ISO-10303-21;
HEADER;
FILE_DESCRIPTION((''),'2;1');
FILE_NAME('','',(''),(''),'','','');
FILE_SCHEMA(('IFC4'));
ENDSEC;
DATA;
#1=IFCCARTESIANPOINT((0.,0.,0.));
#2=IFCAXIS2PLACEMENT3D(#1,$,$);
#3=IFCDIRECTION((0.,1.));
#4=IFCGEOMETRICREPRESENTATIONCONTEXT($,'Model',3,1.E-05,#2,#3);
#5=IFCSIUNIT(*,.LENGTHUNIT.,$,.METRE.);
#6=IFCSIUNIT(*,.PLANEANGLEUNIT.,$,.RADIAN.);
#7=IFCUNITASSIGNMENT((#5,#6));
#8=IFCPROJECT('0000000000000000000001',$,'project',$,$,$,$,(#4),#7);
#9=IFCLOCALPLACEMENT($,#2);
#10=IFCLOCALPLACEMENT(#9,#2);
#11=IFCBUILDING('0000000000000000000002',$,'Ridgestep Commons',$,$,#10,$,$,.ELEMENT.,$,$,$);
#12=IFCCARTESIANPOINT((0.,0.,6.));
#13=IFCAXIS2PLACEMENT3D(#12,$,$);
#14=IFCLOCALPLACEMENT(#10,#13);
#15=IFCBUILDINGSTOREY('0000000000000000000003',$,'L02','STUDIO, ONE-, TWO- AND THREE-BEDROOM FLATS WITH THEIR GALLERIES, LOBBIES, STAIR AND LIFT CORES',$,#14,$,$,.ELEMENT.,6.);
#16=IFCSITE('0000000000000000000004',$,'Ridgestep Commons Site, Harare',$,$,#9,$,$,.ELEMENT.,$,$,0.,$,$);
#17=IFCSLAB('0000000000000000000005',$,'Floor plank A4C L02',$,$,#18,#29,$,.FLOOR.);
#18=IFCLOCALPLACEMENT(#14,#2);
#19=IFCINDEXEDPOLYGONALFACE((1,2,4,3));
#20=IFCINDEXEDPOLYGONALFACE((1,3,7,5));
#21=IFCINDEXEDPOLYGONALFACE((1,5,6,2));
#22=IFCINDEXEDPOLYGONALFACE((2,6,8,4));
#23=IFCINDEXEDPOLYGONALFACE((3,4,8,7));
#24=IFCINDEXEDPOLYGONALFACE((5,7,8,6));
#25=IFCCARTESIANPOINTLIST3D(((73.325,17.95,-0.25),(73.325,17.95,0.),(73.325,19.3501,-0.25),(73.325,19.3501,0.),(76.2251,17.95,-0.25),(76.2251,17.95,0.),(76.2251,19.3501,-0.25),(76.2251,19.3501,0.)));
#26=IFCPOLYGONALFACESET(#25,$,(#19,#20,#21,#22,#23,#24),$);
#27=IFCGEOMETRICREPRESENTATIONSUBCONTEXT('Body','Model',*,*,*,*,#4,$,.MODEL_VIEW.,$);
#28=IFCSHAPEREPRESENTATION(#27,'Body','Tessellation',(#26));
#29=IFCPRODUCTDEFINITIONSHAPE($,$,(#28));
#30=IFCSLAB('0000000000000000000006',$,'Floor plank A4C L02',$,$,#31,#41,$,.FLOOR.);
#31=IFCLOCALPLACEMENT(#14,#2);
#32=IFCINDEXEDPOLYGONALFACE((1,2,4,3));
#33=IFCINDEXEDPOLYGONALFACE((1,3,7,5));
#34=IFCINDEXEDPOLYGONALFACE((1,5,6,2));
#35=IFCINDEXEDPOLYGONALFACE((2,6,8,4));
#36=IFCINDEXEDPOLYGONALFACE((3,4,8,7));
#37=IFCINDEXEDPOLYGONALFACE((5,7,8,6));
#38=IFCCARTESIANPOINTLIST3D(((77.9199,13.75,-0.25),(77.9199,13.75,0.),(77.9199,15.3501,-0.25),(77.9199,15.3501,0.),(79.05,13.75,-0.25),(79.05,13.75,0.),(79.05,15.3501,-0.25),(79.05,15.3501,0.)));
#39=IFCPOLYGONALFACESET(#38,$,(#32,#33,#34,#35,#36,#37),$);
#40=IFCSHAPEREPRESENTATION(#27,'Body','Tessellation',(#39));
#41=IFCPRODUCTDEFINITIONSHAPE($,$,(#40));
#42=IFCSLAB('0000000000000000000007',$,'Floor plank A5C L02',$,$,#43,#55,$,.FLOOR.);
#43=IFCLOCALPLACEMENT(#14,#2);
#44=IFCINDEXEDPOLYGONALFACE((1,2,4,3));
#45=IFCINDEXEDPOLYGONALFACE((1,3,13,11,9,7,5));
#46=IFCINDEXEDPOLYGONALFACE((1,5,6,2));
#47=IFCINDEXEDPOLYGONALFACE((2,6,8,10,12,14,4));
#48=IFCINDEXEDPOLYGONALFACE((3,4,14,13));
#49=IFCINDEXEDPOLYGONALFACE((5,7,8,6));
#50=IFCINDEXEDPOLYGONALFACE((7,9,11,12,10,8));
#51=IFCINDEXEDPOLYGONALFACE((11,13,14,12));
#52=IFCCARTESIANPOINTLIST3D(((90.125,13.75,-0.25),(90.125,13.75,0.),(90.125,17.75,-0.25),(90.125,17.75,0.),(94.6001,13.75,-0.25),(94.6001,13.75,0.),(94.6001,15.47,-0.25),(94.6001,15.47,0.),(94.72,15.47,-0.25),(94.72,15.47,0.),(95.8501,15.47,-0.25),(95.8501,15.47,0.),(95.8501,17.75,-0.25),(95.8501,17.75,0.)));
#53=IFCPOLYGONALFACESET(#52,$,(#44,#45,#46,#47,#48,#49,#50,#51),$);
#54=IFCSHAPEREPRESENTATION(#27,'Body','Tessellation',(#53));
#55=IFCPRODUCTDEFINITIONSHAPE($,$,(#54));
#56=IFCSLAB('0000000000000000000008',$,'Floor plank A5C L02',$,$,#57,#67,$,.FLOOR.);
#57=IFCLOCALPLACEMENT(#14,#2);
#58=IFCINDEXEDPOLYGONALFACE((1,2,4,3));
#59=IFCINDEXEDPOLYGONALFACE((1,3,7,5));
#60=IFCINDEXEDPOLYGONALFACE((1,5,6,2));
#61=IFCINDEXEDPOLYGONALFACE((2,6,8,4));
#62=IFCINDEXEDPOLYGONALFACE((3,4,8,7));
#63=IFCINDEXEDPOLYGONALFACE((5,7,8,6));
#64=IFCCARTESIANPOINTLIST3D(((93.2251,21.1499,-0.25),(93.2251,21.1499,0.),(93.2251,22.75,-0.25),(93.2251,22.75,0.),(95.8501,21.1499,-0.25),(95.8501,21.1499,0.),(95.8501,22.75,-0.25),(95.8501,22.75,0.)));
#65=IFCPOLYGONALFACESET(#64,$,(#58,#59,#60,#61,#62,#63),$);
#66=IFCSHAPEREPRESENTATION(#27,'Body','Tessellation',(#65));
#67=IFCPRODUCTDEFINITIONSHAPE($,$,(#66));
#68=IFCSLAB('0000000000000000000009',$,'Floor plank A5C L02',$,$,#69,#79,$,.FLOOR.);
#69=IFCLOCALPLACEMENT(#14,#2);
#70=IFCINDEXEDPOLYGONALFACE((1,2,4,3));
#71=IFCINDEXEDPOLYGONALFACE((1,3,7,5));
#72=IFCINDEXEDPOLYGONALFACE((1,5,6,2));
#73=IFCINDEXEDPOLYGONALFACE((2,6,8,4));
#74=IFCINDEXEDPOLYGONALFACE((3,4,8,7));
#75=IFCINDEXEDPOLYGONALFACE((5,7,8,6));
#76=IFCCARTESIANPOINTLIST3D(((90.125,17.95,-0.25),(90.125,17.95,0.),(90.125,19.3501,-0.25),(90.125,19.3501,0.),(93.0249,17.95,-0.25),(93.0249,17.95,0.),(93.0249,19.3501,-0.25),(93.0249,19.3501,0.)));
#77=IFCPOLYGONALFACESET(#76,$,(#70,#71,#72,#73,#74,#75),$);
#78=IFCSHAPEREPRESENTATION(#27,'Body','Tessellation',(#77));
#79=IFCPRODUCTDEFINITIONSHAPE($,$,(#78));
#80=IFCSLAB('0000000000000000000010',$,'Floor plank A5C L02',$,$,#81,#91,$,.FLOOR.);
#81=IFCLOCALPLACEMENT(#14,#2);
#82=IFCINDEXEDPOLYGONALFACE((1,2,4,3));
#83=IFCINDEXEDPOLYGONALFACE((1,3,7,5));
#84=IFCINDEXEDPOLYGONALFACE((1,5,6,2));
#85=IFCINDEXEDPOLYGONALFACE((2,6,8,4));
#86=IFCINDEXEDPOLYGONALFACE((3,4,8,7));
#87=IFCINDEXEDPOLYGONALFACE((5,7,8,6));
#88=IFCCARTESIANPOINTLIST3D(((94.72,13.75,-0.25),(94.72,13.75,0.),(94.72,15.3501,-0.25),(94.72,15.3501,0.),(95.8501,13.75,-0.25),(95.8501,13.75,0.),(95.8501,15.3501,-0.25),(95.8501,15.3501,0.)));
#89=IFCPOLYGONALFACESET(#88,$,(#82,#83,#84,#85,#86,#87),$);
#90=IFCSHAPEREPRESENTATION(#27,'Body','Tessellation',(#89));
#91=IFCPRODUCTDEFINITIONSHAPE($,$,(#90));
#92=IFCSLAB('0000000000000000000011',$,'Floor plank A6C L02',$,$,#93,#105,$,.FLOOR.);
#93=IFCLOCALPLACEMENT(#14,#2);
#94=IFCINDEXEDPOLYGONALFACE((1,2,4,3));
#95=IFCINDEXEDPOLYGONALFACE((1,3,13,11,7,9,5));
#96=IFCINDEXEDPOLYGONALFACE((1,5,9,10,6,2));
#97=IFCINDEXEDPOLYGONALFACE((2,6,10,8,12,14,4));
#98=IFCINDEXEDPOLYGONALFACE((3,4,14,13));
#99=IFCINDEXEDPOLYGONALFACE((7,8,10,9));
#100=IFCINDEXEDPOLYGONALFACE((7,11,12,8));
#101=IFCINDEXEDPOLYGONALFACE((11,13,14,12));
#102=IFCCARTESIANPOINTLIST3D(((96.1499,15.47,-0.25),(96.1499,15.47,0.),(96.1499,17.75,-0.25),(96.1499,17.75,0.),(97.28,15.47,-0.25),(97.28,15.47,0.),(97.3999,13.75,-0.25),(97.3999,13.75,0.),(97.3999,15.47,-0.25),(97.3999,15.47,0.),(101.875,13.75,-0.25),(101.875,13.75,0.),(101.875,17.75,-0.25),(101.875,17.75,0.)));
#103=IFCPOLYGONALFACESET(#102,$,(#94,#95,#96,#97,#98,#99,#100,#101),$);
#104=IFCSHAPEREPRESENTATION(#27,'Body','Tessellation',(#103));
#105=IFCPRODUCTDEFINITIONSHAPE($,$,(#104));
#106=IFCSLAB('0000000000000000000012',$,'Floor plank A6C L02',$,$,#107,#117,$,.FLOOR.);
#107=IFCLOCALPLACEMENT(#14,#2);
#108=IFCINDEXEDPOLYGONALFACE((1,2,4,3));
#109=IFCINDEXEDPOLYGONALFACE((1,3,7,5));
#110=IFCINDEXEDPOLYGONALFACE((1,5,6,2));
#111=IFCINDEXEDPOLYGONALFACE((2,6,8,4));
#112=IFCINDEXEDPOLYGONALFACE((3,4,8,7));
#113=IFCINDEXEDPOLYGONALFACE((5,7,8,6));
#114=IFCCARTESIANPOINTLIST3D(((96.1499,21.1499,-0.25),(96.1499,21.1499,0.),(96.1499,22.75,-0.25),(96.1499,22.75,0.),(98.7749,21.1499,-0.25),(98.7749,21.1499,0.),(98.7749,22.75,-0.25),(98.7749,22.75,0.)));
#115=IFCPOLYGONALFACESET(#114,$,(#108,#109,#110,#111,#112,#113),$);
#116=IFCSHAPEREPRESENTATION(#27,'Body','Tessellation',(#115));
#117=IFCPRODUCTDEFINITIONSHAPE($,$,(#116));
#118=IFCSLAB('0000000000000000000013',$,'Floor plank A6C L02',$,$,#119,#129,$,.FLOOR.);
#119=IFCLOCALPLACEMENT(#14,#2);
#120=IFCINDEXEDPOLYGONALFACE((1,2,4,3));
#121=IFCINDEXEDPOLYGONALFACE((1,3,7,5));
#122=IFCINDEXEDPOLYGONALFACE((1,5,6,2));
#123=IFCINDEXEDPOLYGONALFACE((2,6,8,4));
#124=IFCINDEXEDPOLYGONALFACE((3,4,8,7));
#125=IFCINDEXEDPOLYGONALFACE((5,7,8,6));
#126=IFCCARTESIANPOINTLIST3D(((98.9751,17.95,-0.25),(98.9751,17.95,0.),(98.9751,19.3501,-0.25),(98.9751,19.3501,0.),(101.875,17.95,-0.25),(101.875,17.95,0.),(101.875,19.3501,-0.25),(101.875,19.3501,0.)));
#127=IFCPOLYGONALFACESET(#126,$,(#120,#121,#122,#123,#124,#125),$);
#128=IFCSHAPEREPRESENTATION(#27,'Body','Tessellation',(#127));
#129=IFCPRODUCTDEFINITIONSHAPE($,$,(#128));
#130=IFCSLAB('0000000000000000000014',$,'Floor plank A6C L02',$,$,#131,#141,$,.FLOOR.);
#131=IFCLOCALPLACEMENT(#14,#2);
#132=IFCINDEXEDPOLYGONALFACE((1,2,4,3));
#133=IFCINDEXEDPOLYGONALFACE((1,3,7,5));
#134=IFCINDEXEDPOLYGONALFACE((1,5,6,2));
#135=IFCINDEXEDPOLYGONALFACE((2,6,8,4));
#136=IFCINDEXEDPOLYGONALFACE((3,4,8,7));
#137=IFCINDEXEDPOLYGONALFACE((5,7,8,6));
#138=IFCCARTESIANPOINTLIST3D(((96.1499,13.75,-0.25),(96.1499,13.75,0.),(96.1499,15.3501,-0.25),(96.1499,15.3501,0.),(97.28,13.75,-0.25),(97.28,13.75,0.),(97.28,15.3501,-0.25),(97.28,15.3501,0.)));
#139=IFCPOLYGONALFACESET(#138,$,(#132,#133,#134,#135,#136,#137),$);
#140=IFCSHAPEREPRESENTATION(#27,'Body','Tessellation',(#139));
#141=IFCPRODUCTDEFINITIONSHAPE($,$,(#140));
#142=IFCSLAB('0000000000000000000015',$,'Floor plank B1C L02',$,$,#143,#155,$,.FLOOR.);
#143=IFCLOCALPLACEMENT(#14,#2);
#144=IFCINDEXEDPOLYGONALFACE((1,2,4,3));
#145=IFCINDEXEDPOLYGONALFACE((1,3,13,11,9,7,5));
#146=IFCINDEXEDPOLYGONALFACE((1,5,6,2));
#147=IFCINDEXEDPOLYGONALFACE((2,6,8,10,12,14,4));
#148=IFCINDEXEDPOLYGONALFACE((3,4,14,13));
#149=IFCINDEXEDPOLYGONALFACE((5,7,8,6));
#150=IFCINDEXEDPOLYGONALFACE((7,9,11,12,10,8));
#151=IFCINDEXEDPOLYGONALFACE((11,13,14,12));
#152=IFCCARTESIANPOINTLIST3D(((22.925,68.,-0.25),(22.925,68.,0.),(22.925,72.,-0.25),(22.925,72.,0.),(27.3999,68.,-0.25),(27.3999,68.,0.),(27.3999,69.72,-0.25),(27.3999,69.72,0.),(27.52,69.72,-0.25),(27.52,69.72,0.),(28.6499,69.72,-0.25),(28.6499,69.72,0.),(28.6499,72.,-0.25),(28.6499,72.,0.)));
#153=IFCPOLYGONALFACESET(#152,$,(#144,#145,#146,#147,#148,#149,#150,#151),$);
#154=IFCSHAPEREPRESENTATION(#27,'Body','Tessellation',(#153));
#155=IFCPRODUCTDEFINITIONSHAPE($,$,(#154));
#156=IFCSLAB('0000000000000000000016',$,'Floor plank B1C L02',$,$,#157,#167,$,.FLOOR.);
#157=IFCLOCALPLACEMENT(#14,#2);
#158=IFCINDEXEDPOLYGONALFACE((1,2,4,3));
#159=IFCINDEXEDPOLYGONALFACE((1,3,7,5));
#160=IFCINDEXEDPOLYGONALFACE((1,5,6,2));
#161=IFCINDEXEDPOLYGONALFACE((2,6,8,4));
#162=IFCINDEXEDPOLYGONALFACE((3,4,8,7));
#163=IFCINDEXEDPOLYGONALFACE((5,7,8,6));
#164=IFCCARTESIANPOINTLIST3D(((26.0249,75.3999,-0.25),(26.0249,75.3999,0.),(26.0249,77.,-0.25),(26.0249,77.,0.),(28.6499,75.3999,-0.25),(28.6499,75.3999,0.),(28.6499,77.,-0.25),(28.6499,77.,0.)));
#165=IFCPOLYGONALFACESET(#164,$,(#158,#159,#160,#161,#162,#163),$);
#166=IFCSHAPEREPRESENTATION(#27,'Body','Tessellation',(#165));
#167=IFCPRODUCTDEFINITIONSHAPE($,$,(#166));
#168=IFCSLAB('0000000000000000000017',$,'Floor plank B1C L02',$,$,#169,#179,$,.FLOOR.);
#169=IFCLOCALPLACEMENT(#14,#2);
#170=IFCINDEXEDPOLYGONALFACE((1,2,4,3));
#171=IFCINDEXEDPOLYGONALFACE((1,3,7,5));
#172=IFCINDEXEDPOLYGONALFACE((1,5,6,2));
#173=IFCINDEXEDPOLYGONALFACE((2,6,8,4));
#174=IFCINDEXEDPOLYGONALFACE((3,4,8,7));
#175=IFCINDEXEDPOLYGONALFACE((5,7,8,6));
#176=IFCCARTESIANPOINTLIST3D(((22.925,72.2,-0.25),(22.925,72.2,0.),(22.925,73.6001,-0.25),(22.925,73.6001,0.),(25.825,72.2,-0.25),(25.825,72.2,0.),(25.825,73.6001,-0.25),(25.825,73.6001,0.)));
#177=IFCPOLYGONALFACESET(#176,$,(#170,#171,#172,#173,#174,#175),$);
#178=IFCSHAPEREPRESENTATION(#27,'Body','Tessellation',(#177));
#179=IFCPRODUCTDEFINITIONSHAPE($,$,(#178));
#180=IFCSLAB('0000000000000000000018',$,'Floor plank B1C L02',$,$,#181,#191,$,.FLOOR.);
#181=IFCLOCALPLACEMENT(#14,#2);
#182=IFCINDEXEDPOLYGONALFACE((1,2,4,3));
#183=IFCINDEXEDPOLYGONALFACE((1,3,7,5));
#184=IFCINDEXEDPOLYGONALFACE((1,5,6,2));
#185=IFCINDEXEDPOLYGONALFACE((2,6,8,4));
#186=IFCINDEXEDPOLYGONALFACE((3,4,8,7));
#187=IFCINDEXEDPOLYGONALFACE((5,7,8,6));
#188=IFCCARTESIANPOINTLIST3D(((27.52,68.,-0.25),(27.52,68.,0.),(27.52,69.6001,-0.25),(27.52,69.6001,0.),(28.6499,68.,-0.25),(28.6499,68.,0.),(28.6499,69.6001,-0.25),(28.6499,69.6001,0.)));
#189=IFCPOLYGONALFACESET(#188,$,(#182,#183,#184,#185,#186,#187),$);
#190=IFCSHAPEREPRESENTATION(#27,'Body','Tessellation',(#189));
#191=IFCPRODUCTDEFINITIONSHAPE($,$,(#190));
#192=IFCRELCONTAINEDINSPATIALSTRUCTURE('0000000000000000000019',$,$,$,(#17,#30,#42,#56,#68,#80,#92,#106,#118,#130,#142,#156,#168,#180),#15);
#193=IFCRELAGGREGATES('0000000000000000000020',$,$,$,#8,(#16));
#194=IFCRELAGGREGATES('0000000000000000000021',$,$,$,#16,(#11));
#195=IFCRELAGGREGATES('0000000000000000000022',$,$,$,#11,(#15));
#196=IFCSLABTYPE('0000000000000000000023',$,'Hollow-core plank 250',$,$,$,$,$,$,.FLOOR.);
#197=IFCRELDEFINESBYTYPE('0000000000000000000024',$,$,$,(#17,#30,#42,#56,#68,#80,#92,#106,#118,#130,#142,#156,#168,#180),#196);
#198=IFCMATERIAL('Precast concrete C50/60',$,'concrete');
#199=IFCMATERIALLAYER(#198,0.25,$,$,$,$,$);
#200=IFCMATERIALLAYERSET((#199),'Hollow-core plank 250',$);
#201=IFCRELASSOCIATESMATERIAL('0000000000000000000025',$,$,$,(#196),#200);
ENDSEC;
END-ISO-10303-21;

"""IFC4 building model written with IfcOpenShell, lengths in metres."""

from ifc_helpers import new_model, si_unit, direction, frame, origin, place, context, subcontext, project, spatial, polyline, outline, extrude, material, layer, layer_set, type_object, element, save


model = new_model("IFC4")

# Units and contexts
model_context = context("Model", 3, precision=1e-05, world=origin(), true_north=direction((0.0, 1.0)))
body_context = subcontext(model_context, "Body", "Model", "MODEL_VIEW")
ifc_project = project(units=[si_unit("LENGTHUNIT", "METRE"), si_unit("PLANEANGLEUNIT", "RADIAN")], contexts=[model_context])

# Site, building, storey
site_placement = place(None, origin())
site = spatial("IfcSite", under=ifc_project, at=site_placement, Name="Ridgestep Commons Site, Harare", CompositionType="ELEMENT", RefElevation=0.0)
building_placement = place(site_placement, origin())
building = spatial("IfcBuilding", under=site, at=building_placement, Name="Ridgestep Commons", CompositionType="ELEMENT")
storey_placement = place(building_placement, frame((0.0, 0.0, 6.0)))
storey = spatial("IfcBuildingStorey", under=building, at=storey_placement, Name="L02", Description="STUDIO, ONE-, TWO- AND THREE-BEDROOM FLATS WITH THEIR GALLERIES, LOBBIES, STAIR AND LIFT CORES", CompositionType="ELEMENT", Elevation=6.0)

# Slabs
ifc_material = material(Name="Precast concrete C50/60", Category="concrete")
ifc_layer = layer(ifc_material, 0.25)
ifc_layer_set = layer_set([ifc_layer], Name="Hollow-core plank 250")
slab_type = type_object("IfcSlabType", Name="Hollow-core plank 250", PredefinedType="FLOOR", material=ifc_layer_set)
slab_1_placement = place(storey_placement, frame((0.0, 0.0, -0.25)))
element("IfcSlab", 1, at=slab_1_placement, inside=storey, type_object=slab_type, Name="Floor plank A4C L02", PredefinedType="FLOOR", context=body_context, shape_type="SweptSolid", body=[
    extrude(outline(polyline([(76.2251, 17.95), (76.2251, 19.3501), (73.325, 19.3501), (73.325, 17.95), (76.2251, 17.95)])), origin(), (0.0, 0.0, 1.0), 0.25),
])
slab_2_placement = place(storey_placement, frame((0.0, 0.0, -0.25)))
element("IfcSlab", 2, at=slab_2_placement, inside=storey, type_object=slab_type, Name="Floor plank A4C L02", PredefinedType="FLOOR", context=body_context, shape_type="SweptSolid", body=[
    extrude(outline(polyline([(77.9199, 13.75), (79.05, 13.75), (79.05, 15.3501), (77.9199, 15.3501), (77.9199, 13.75)])), origin(), (0.0, 0.0, 1.0), 0.25),
])
slab_3_placement = place(storey_placement, frame((0.0, 0.0, -0.25)))
element("IfcSlab", 3, at=slab_3_placement, inside=storey, type_object=slab_type, Name="Floor plank A5C L02", PredefinedType="FLOOR", context=body_context, shape_type="SweptSolid", body=[
    extrude(outline(polyline([(94.72, 15.47), (95.8501, 15.47), (95.8501, 17.75), (90.125, 17.75), (90.125, 13.75), (94.6001, 13.75), (94.6001, 15.47), (94.72, 15.47)])), origin(), (0.0, 0.0, 1.0), 0.25),
])
slab_4_placement = place(storey_placement, frame((0.0, 0.0, -0.25)))
element("IfcSlab", 4, at=slab_4_placement, inside=storey, type_object=slab_type, Name="Floor plank A5C L02", PredefinedType="FLOOR", context=body_context, shape_type="SweptSolid", body=[
    extrude(outline(polyline([(95.8501, 21.1499), (95.8501, 22.75), (93.2251, 22.75), (93.2251, 21.1499), (95.8501, 21.1499)])), origin(), (0.0, 0.0, 1.0), 0.25),
])
slab_5_placement = place(storey_placement, frame((0.0, 0.0, -0.25)))
element("IfcSlab", 5, at=slab_5_placement, inside=storey, type_object=slab_type, Name="Floor plank A5C L02", PredefinedType="FLOOR", context=body_context, shape_type="SweptSolid", body=[
    extrude(outline(polyline([(93.0249, 17.95), (93.0249, 19.3501), (90.125, 19.3501), (90.125, 17.95), (93.0249, 17.95)])), origin(), (0.0, 0.0, 1.0), 0.25),
])
slab_6_placement = place(storey_placement, frame((0.0, 0.0, -0.25)))
element("IfcSlab", 6, at=slab_6_placement, inside=storey, type_object=slab_type, Name="Floor plank A5C L02", PredefinedType="FLOOR", context=body_context, shape_type="SweptSolid", body=[
    extrude(outline(polyline([(94.72, 13.75), (95.8501, 13.75), (95.8501, 15.3501), (94.72, 15.3501), (94.72, 13.75)])), origin(), (0.0, 0.0, 1.0), 0.25),
])
slab_7_placement = place(storey_placement, frame((0.0, 0.0, -0.25)))
element("IfcSlab", 7, at=slab_7_placement, inside=storey, type_object=slab_type, Name="Floor plank A6C L02", PredefinedType="FLOOR", context=body_context, shape_type="SweptSolid", body=[
    extrude(outline(polyline([(97.3999, 13.75), (101.875, 13.75), (101.875, 17.75), (96.1499, 17.75), (96.1499, 15.47), (97.28, 15.47), (97.3999, 15.47), (97.3999, 13.75)])), origin(), (0.0, 0.0, 1.0), 0.25),
])
slab_8_placement = place(storey_placement, frame((0.0, 0.0, -0.25)))
element("IfcSlab", 8, at=slab_8_placement, inside=storey, type_object=slab_type, Name="Floor plank A6C L02", PredefinedType="FLOOR", context=body_context, shape_type="SweptSolid", body=[
    extrude(outline(polyline([(98.7749, 22.75), (96.1499, 22.75), (96.1499, 21.1499), (98.7749, 21.1499), (98.7749, 22.75)])), origin(), (0.0, 0.0, 1.0), 0.25),
])
slab_9_placement = place(storey_placement, frame((0.0, 0.0, -0.25)))
element("IfcSlab", 9, at=slab_9_placement, inside=storey, type_object=slab_type, Name="Floor plank A6C L02", PredefinedType="FLOOR", context=body_context, shape_type="SweptSolid", body=[
    extrude(outline(polyline([(101.875, 17.95), (101.875, 19.3501), (98.9751, 19.3501), (98.9751, 17.95), (101.875, 17.95)])), origin(), (0.0, 0.0, 1.0), 0.25),
])
slab_10_placement = place(storey_placement, frame((0.0, 0.0, -0.25)))
element("IfcSlab", 10, at=slab_10_placement, inside=storey, type_object=slab_type, Name="Floor plank A6C L02", PredefinedType="FLOOR", context=body_context, shape_type="SweptSolid", body=[
    extrude(outline(polyline([(97.28, 15.3501), (96.1499, 15.3501), (96.1499, 13.75), (97.28, 13.75), (97.28, 15.3501)])), origin(), (0.0, 0.0, 1.0), 0.25),
])
slab_11_placement = place(storey_placement, frame((0.0, 0.0, -0.25)))
element("IfcSlab", 11, at=slab_11_placement, inside=storey, type_object=slab_type, Name="Floor plank B1C L02", PredefinedType="FLOOR", context=body_context, shape_type="SweptSolid", body=[
    extrude(outline(polyline([(27.52, 69.72), (28.6499, 69.72), (28.6499, 72.0), (22.925, 72.0), (22.925, 68.0), (27.3999, 68.0), (27.3999, 69.72), (27.52, 69.72)])), origin(), (0.0, 0.0, 1.0), 0.25),
])
slab_12_placement = place(storey_placement, frame((0.0, 0.0, -0.25)))
element("IfcSlab", 12, at=slab_12_placement, inside=storey, type_object=slab_type, Name="Floor plank B1C L02", PredefinedType="FLOOR", context=body_context, shape_type="SweptSolid", body=[
    extrude(outline(polyline([(28.6499, 75.3999), (28.6499, 77.0), (26.0249, 77.0), (26.0249, 75.3999), (28.6499, 75.3999)])), origin(), (0.0, 0.0, 1.0), 0.25),
])
slab_13_placement = place(storey_placement, frame((0.0, 0.0, -0.25)))
element("IfcSlab", 13, at=slab_13_placement, inside=storey, type_object=slab_type, Name="Floor plank B1C L02", PredefinedType="FLOOR", context=body_context, shape_type="SweptSolid", body=[
    extrude(outline(polyline([(25.825, 72.2), (25.825, 73.6001), (22.925, 73.6001), (22.925, 72.2), (25.825, 72.2)])), origin(), (0.0, 0.0, 1.0), 0.25),
])
slab_14_placement = place(storey_placement, frame((0.0, 0.0, -0.25)))
element("IfcSlab", 14, at=slab_14_placement, inside=storey, type_object=slab_type, Name="Floor plank B1C L02", PredefinedType="FLOOR", context=body_context, shape_type="SweptSolid", body=[
    extrude(outline(polyline([(27.52, 68.0), (28.6499, 68.0), (28.6499, 69.6001), (27.52, 69.6001), (27.52, 68.0)])), origin(), (0.0, 0.0, 1.0), 0.25),
])

save(model, "model.ifc")
